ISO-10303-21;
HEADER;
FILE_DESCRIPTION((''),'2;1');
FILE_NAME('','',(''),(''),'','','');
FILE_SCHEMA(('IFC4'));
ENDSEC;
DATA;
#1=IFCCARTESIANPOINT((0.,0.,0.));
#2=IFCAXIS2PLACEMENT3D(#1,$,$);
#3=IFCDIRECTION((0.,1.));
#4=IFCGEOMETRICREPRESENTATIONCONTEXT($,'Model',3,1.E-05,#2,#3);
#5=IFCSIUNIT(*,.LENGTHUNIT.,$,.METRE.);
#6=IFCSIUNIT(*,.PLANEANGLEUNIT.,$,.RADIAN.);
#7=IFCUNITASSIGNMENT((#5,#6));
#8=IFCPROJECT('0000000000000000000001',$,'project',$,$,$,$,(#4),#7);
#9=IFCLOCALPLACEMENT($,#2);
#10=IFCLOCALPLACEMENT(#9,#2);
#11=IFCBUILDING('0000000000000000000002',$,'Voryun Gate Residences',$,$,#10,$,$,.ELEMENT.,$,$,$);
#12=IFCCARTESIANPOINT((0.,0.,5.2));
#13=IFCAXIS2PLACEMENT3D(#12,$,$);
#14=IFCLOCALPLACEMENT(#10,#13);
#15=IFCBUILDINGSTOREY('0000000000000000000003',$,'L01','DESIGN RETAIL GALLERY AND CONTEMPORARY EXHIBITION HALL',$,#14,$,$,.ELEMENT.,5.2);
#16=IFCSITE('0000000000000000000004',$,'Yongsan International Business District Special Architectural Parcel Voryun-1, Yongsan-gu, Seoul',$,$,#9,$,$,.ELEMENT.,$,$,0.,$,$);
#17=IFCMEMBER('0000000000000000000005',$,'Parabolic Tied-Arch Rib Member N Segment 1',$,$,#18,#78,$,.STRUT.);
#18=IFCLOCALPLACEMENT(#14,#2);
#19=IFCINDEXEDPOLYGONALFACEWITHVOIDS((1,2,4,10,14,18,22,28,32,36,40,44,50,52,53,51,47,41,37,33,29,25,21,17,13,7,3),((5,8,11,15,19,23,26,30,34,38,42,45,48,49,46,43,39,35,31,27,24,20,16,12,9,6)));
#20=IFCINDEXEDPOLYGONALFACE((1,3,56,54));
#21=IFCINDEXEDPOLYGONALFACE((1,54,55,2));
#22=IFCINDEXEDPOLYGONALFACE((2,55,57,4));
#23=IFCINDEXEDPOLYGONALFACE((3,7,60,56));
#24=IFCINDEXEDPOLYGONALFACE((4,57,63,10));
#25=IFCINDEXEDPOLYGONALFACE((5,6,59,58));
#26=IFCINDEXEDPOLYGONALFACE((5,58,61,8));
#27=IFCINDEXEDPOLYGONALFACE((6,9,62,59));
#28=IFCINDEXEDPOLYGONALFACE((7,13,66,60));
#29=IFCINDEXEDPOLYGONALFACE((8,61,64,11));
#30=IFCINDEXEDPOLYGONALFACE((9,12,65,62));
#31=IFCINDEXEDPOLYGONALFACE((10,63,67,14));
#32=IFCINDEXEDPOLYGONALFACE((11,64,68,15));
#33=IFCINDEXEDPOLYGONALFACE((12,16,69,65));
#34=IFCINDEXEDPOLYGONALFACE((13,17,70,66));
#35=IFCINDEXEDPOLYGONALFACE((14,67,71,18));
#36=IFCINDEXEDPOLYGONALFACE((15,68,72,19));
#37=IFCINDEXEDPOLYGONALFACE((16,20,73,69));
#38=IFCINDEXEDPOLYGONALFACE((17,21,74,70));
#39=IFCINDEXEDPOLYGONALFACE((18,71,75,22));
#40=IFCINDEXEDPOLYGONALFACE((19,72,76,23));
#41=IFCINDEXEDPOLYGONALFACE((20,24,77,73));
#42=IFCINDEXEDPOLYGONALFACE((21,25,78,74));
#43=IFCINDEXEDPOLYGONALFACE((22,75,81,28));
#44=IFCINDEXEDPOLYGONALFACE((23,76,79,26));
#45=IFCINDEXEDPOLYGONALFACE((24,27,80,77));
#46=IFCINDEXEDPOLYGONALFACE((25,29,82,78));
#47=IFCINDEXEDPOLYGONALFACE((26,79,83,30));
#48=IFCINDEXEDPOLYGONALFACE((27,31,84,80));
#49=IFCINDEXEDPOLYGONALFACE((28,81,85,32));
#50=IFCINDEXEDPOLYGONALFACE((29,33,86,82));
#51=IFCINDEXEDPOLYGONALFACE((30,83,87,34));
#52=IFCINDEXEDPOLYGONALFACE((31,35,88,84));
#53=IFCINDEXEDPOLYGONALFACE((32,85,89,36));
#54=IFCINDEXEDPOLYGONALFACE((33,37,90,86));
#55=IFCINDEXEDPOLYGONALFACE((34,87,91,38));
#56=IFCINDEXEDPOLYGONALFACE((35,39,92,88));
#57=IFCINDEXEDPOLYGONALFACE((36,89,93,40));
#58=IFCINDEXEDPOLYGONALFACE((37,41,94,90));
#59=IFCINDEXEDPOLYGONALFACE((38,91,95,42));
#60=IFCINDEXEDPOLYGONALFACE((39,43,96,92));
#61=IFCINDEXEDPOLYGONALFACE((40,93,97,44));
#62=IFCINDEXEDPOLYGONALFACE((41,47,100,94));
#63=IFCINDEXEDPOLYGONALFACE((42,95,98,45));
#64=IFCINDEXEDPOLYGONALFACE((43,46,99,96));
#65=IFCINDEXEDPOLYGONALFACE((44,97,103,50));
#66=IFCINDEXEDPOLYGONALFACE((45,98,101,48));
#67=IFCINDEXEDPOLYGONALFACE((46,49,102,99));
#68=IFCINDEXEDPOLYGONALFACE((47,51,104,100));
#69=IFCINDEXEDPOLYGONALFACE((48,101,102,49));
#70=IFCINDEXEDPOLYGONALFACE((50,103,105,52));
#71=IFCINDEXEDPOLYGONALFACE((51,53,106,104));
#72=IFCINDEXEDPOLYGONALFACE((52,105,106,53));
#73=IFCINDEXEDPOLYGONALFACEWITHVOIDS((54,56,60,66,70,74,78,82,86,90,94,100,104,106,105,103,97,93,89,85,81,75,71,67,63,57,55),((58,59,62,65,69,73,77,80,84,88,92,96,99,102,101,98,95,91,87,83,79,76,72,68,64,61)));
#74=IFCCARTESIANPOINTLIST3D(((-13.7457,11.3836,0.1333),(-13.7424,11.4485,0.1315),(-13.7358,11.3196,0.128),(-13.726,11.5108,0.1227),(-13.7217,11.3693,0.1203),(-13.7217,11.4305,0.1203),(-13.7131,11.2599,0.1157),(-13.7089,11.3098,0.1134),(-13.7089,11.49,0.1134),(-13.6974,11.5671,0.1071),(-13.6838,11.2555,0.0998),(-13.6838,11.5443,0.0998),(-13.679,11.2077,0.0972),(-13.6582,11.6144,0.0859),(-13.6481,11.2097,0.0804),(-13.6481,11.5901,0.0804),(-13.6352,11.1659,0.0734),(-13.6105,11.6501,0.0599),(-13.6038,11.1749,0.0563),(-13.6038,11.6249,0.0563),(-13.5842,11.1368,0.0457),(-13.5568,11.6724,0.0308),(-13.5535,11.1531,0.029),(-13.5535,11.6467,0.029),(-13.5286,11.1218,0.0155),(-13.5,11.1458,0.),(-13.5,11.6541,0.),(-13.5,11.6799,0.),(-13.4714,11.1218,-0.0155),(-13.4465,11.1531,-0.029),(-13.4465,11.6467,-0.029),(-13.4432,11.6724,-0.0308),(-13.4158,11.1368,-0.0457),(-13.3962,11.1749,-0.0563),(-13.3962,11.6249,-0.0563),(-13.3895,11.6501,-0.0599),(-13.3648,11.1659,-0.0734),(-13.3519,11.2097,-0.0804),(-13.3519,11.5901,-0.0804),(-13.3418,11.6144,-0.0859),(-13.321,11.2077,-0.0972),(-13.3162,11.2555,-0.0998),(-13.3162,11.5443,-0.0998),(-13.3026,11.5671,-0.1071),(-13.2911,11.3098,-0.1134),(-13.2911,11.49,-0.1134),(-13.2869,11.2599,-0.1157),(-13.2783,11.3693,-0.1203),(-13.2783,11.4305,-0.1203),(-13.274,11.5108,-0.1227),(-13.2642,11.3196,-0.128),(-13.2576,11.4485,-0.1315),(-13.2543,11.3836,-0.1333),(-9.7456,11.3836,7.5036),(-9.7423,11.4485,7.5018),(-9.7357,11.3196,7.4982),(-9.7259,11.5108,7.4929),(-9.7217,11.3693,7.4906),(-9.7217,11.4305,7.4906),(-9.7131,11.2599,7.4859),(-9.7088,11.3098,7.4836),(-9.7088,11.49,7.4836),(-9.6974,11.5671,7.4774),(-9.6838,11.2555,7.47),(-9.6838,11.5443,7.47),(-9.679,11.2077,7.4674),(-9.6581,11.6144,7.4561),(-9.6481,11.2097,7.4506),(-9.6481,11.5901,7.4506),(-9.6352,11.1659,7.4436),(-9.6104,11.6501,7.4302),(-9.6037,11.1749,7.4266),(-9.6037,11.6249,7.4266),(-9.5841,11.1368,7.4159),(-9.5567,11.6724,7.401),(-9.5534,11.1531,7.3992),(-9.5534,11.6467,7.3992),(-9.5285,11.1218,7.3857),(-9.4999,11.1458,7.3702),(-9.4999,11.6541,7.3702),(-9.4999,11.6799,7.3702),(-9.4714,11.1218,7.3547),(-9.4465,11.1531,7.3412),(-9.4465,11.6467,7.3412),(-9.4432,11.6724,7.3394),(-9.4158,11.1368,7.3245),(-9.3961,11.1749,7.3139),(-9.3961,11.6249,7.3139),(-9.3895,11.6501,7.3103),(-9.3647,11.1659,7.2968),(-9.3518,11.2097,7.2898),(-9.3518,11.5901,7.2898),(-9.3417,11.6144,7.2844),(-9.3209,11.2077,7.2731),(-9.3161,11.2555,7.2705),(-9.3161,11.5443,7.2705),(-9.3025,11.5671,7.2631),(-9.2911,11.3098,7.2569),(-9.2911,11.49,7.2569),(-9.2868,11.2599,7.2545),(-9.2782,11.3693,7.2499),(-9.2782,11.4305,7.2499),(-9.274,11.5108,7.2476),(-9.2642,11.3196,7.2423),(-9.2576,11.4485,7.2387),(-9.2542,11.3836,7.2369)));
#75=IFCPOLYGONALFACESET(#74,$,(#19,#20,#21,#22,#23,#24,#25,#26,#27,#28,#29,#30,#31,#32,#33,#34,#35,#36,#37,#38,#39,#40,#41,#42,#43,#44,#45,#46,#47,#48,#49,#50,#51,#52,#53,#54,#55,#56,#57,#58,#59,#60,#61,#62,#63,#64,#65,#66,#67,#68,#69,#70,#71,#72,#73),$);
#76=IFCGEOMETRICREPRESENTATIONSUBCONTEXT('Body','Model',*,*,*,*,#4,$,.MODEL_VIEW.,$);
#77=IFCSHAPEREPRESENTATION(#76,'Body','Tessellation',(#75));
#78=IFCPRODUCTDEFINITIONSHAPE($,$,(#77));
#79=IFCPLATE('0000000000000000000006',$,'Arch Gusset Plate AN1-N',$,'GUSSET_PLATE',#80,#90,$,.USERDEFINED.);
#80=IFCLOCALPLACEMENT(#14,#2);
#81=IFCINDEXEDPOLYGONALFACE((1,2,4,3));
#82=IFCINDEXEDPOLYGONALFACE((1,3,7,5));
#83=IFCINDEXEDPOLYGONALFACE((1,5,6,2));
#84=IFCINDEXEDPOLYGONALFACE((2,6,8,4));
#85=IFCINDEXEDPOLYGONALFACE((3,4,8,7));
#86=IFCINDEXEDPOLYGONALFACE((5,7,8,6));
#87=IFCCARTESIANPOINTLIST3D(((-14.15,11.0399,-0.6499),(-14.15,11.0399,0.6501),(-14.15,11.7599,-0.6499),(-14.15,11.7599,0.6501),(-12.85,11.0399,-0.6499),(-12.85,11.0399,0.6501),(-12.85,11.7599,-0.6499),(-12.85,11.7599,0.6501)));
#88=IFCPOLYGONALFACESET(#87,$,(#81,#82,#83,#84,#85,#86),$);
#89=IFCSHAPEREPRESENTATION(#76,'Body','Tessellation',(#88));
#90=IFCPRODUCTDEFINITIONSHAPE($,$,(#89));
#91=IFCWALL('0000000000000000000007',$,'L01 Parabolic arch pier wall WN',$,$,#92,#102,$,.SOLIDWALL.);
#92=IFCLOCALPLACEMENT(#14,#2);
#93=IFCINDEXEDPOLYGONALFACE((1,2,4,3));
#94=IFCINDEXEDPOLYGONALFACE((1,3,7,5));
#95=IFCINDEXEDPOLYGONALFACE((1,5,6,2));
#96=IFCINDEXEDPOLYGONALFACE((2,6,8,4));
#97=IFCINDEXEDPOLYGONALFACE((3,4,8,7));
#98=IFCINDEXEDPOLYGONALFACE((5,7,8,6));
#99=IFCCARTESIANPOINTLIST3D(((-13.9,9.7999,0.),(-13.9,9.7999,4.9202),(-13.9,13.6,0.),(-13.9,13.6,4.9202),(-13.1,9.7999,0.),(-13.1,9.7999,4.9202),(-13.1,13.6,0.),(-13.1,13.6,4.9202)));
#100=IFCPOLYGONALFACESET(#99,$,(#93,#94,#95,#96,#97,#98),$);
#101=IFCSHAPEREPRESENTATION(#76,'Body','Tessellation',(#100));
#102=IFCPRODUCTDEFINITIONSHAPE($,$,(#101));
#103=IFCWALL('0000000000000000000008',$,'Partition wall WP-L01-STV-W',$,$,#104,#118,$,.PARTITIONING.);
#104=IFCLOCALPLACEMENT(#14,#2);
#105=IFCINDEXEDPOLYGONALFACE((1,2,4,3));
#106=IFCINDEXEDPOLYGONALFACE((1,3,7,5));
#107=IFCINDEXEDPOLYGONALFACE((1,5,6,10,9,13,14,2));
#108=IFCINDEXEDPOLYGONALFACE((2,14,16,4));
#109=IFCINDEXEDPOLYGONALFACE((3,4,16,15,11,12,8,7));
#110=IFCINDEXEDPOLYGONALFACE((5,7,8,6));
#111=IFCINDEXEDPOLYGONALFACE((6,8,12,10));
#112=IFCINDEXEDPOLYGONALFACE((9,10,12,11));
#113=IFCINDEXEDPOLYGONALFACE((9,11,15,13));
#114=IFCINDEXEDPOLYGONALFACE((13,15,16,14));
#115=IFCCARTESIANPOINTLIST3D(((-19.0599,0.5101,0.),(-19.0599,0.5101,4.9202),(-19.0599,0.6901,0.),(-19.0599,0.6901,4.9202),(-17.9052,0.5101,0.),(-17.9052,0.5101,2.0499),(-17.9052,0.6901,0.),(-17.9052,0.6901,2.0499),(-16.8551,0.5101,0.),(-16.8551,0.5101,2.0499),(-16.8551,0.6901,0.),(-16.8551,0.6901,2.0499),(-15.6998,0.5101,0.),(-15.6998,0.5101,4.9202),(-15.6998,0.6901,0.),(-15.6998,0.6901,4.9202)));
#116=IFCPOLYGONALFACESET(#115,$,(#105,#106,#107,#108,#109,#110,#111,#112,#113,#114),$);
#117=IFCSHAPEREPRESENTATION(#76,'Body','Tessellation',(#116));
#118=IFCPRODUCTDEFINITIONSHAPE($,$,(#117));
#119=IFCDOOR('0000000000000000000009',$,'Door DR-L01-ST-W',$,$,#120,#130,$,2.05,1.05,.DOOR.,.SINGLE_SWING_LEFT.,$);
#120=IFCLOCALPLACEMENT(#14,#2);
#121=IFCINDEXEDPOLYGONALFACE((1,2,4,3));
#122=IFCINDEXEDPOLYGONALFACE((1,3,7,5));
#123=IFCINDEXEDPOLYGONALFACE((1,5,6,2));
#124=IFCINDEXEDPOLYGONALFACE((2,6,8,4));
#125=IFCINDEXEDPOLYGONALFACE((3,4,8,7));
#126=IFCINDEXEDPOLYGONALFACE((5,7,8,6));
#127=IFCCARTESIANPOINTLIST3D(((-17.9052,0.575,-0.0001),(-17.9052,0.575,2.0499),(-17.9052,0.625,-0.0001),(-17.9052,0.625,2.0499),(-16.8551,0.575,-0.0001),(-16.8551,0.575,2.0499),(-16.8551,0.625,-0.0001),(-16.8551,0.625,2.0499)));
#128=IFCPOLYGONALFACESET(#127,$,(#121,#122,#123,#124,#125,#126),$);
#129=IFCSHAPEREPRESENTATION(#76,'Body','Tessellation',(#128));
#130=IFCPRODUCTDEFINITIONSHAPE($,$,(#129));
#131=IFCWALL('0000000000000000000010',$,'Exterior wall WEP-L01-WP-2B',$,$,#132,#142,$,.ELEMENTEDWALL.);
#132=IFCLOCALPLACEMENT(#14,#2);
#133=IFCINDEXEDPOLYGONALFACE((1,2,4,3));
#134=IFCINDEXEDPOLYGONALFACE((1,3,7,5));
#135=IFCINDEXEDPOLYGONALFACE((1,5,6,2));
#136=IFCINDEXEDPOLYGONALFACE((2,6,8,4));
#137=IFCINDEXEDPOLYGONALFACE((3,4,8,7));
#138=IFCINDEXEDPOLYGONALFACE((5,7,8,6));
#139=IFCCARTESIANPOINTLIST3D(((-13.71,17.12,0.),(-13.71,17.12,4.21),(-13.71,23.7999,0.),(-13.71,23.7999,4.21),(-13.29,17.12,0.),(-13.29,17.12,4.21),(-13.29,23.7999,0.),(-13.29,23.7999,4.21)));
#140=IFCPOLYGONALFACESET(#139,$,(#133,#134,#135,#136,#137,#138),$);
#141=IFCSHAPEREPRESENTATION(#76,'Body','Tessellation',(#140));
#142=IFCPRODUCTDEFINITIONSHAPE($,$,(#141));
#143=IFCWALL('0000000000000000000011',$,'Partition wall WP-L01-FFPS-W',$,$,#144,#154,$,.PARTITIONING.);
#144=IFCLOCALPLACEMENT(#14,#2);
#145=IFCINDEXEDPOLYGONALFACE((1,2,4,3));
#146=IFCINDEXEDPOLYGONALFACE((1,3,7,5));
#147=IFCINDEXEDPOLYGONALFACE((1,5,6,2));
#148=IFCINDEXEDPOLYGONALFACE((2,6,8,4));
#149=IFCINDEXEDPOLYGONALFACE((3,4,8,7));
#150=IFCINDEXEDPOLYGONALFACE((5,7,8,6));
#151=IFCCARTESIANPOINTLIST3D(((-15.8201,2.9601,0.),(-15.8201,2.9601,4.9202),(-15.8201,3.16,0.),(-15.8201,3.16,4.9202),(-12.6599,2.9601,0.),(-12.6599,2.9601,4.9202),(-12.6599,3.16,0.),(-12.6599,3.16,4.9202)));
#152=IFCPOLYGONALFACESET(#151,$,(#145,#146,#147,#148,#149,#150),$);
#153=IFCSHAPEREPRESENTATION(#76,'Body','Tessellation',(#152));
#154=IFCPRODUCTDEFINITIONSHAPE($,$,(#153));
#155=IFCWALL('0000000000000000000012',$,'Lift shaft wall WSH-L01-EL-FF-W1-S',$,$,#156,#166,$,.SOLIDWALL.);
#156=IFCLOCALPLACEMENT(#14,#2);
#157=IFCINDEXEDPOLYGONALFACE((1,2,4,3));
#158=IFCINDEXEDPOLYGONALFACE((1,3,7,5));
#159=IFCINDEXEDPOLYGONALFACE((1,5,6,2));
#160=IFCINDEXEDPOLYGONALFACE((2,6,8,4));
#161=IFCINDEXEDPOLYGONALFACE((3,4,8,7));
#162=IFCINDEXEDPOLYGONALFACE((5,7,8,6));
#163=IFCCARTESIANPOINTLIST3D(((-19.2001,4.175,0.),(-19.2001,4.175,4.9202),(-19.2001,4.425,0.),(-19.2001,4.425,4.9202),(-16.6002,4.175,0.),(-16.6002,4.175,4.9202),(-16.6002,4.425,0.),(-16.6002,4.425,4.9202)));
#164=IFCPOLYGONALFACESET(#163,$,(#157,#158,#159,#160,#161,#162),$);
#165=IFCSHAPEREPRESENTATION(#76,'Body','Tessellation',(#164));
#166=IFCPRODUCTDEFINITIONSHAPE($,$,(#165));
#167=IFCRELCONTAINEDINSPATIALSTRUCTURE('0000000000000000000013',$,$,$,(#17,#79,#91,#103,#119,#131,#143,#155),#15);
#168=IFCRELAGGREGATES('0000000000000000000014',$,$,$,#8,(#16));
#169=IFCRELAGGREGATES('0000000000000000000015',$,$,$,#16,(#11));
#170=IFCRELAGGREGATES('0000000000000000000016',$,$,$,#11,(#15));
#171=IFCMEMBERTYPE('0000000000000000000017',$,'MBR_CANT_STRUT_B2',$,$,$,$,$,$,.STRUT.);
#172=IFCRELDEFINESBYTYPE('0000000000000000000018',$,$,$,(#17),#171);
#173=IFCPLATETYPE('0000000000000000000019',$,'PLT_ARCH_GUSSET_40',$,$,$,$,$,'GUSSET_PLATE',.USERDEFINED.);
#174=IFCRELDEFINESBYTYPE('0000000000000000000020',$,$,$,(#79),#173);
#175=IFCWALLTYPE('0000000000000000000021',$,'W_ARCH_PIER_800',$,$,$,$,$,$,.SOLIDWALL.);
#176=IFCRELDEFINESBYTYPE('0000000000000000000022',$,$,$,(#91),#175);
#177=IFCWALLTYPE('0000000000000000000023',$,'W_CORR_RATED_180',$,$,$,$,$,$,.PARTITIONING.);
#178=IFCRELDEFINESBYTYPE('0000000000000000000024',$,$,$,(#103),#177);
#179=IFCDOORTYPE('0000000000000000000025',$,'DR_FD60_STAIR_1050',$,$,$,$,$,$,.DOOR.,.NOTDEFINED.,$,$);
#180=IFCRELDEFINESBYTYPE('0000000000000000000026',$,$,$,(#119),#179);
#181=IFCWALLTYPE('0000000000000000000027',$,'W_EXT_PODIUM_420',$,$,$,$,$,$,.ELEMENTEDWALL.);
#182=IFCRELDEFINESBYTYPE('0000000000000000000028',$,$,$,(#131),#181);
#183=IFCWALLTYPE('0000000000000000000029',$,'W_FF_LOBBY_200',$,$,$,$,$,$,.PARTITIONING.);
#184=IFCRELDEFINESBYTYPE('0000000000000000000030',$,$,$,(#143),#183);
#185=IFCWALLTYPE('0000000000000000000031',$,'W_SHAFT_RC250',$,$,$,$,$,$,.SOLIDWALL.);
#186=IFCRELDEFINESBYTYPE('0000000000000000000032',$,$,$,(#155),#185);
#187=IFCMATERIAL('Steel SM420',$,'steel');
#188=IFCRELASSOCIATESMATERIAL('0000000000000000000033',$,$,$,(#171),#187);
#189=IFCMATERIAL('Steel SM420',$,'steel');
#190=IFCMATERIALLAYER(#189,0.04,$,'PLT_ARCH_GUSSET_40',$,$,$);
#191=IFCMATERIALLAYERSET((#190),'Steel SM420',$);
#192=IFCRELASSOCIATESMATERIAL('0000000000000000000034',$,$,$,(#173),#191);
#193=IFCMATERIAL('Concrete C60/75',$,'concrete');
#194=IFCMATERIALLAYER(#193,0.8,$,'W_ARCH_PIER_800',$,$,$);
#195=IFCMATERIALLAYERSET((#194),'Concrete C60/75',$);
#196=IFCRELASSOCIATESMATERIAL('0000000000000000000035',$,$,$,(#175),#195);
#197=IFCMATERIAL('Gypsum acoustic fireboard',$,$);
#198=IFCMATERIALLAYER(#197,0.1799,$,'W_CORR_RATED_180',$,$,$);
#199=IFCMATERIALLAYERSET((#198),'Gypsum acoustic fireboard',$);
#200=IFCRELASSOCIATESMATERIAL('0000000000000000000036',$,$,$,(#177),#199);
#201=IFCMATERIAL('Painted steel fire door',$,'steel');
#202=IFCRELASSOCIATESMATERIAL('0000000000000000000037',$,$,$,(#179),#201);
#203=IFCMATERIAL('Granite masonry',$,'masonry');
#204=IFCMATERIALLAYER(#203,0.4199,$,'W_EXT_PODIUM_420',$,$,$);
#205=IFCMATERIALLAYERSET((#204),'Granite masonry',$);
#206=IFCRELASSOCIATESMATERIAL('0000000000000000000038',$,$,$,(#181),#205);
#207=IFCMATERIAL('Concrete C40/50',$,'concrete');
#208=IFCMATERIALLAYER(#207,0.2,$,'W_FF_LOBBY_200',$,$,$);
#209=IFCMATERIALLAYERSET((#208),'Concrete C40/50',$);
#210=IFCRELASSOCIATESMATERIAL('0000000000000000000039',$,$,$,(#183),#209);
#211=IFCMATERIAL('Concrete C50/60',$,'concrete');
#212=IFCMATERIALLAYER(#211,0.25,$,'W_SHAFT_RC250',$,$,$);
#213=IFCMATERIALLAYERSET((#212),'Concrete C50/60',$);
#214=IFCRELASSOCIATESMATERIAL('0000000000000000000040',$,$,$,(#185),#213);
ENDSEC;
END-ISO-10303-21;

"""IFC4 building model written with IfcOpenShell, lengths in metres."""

from ifc_helpers import new_model, si_unit, direction, frame, frame_2d, origin, origin_2d, place, context, subcontext, project, spatial, rectangle, hollow_circle, extrude, material, layer, layer_set, material_profile, profile_set, type_object, element, fill, save


model = new_model("IFC4")

# Units and contexts
model_context = context("Model", 3, precision=1e-05, world=origin(), true_north=direction((0.0, 1.0)))
body_context = subcontext(model_context, "Body", "Model", "MODEL_VIEW")
ifc_project = project(units=[si_unit("LENGTHUNIT", "METRE"), si_unit("PLANEANGLEUNIT", "RADIAN")], contexts=[model_context])

# Site, building, storey
site_placement = place(None, origin())
site = spatial("IfcSite", under=ifc_project, at=site_placement, Name="Yongsan International Business District Special Architectural Parcel Voryun-1, Yongsan-gu, Seoul", CompositionType="ELEMENT", RefElevation=0.0)
building_placement = place(site_placement, origin())
building = spatial("IfcBuilding", under=site, at=building_placement, Name="Voryun Gate Residences", CompositionType="ELEMENT")
storey_placement = place(building_placement, frame((0.0, 0.0, 5.2)))
storey = spatial("IfcBuildingStorey", under=building, at=storey_placement, Name="L01", Description="DESIGN RETAIL GALLERY AND CONTEMPORARY EXHIBITION HALL", CompositionType="ELEMENT", Elevation=5.2)

# Member
ifc_material_1 = material(Name="Steel SM420", Category="steel")
ifc_material_profile_1 = material_profile(ifc_material_1, hollow_circle(Radius=0.28, WallThickness=0.0259, at=origin_2d()), Name="CHS-560x26")
ifc_profile_set_1 = profile_set([ifc_material_profile_1], Name="Steel SM420")
member_type = type_object("IfcMemberType", Name="MBR_CANT_STRUT_B2", PredefinedType="STRUT", material=ifc_profile_set_1)
member_placement = place(storey_placement, frame((-13.5, 11.3999, 0.0), z_axis=(0.477007, 0.0, 0.878899), x_axis=(0.0, 1.0, 0.0)))
element("IfcMember", 1, at=member_placement, inside=storey, type_object=member_type, Name="Parabolic Tied-Arch Rib Member N Segment 1", PredefinedType="STRUT", context=body_context, shape_type="SweptSolid", body=[
    extrude(hollow_circle(Radius=0.28, WallThickness=0.0259, at=origin_2d()), origin(), (0.0, 0.0, 1.0), 8.3857),
])

# Plate
ifc_material_2 = material(Name="Steel SM420", Category="steel")
ifc_layer_1 = layer(ifc_material_2, 0.04, Name="PLT_ARCH_GUSSET_40")
ifc_layer_set_1 = layer_set([ifc_layer_1], Name="Steel SM420")
plate_type = type_object("IfcPlateType", Name="PLT_ARCH_GUSSET_40", ElementType="GUSSET_PLATE", PredefinedType="USERDEFINED", material=ifc_layer_set_1)
plate_placement = place(storey_placement, frame((-13.5, 11.3999, -0.6499), z_axis=(0.0, 0.0, 1.0), x_axis=(1.0, 0.0, 0.0)))
element("IfcPlate", 2, at=plate_placement, inside=storey, type_object=plate_type, Name="Arch Gusset Plate AN1-N", ObjectType="GUSSET_PLATE", PredefinedType="USERDEFINED", context=body_context, shape_type="SweptSolid", body=[
    extrude(rectangle(XDim=1.3, YDim=0.72, at=origin_2d()), origin(), (0.0, 0.0, 1.0), 1.3),
])

# Wall
ifc_material_3 = material(Name="Concrete C60/75", Category="concrete")
ifc_layer_2 = layer(ifc_material_3, 0.8, Name="W_ARCH_PIER_800")
ifc_layer_set_2 = layer_set([ifc_layer_2], Name="Concrete C60/75")
wall_type_1 = type_object("IfcWallType", Name="W_ARCH_PIER_800", PredefinedType="SOLIDWALL", material=ifc_layer_set_2)
wall_1_placement = place(storey_placement, frame((-13.5, 9.8, 0.0), z_axis=(0.0, 0.0, 1.0), x_axis=(0.0, 1.0, 0.0)))
element("IfcWall", 3, at=wall_1_placement, inside=storey, type_object=wall_type_1, Name="L01 Parabolic arch pier wall WN", PredefinedType="SOLIDWALL", context=body_context, shape_type="SweptSolid", body=[
    extrude(rectangle(XDim=3.8, YDim=0.8, at=frame_2d((1.8999, 0.0))), origin(), (0.0, 0.0, 1.0), 4.9202),
])

# Wall, opening, door
ifc_material_4 = material(Name="Gypsum acoustic fireboard")
ifc_layer_3 = layer(ifc_material_4, 0.1799, Name="W_CORR_RATED_180")
ifc_layer_set_3 = layer_set([ifc_layer_3], Name="Gypsum acoustic fireboard")
wall_type_2 = type_object("IfcWallType", Name="W_CORR_RATED_180", PredefinedType="PARTITIONING", material=ifc_layer_set_3)
wall_2_placement = place(storey_placement, frame((-19.0601, 0.6001, 0.0), z_axis=(0.0, 0.0, 1.0), x_axis=(1.0, 0.0, 0.0)))
wall_2 = element("IfcWall", 4, at=wall_2_placement, inside=storey, type_object=wall_type_2, Name="Partition wall WP-L01-STV-W", PredefinedType="PARTITIONING", context=body_context, shape_type="SweptSolid", body=[
    extrude(rectangle(XDim=3.3601, YDim=0.1799, at=frame_2d((1.6802, 0.0))), origin(), (0.0, 0.0, 1.0), 4.9202),
])
opening_1_placement = place(wall_2_placement, frame((1.155, 0.0, 0.0)))
opening_1 = element("IfcOpeningElement", 5, at=opening_1_placement, cuts=wall_2, PredefinedType="OPENING", context=body_context, shape_type="SweptSolid", body=[
    extrude(rectangle(XDim=1.05, YDim=2.05, at=frame_2d((0.5249, 1.0249))), frame((0.0, 0.0999, 0.0), z_axis=(0.0, -1.0, 0.0), x_axis=(1.0, 0.0, 0.0)), (0.0, 0.0, 1.0), 0.2),
])
ifc_material_5 = material(Name="Painted steel fire door", Category="steel")
door_type_1 = type_object("IfcDoorType", Name="DR_FD60_STAIR_1050", OperationType="NOTDEFINED", PredefinedType="DOOR", material=ifc_material_5)
door_1_placement = place(opening_1_placement, origin())
door_1 = element("IfcDoor", 6, at=door_1_placement, inside=storey, type_object=door_type_1, Name="Door DR-L01-ST-W", OperationType="SINGLE_SWING_LEFT", OverallHeight=2.05, OverallWidth=1.05, PredefinedType="DOOR", context=body_context, shape_type="SweptSolid", body=[
    extrude(rectangle(XDim=1.05, YDim=2.05, at=frame_2d((0.5249, 1.0249))), frame((0.0, 0.0249, 0.0), z_axis=(0.0, -1.0, 0.0), x_axis=(1.0, 0.0, 0.0)), (0.0, 0.0, 1.0), 0.05),
])
fill(opening_1, door_1)

# Walls
ifc_material_6 = material(Name="Granite masonry", Category="masonry")
ifc_layer_4 = layer(ifc_material_6, 0.4199, Name="W_EXT_PODIUM_420")
ifc_layer_set_4 = layer_set([ifc_layer_4], Name="Granite masonry")
wall_type_3 = type_object("IfcWallType", Name="W_EXT_PODIUM_420", PredefinedType="ELEMENTEDWALL", material=ifc_layer_set_4)
wall_3_placement = place(storey_placement, frame((-13.5, 17.1201, 0.0), z_axis=(0.0, 0.0, 1.0), x_axis=(0.0, 1.0, 0.0)))
element("IfcWall", 7, at=wall_3_placement, inside=storey, type_object=wall_type_3, Name="Exterior wall WEP-L01-WP-2B", PredefinedType="ELEMENTEDWALL", context=body_context, shape_type="SweptSolid", body=[
    extrude(rectangle(XDim=6.6799, YDim=0.4199, at=frame_2d((3.3398, 0.0))), origin(), (0.0, 0.0, 1.0), 4.21),
])
ifc_material_7 = material(Name="Concrete C40/50", Category="concrete")
ifc_layer_5 = layer(ifc_material_7, 0.2, Name="W_FF_LOBBY_200")
ifc_layer_set_5 = layer_set([ifc_layer_5], Name="Concrete C40/50")
wall_type_4 = type_object("IfcWallType", Name="W_FF_LOBBY_200", PredefinedType="PARTITIONING", material=ifc_layer_set_5)
wall_4_placement = place(storey_placement, frame((-15.8201, 3.0601, 0.0), z_axis=(0.0, 0.0, 1.0), x_axis=(1.0, 0.0, 0.0)))
element("IfcWall", 8, at=wall_4_placement, inside=storey, type_object=wall_type_4, Name="Partition wall WP-L01-FFPS-W", PredefinedType="PARTITIONING", context=body_context, shape_type="SweptSolid", body=[
    extrude(rectangle(XDim=3.1602, YDim=0.2, at=frame_2d((1.5801, 0.0))), origin(), (0.0, 0.0, 1.0), 4.9202),
])
ifc_material_8 = material(Name="Concrete C50/60", Category="concrete")
ifc_layer_6 = layer(ifc_material_8, 0.25, Name="W_SHAFT_RC250")
ifc_layer_set_6 = layer_set([ifc_layer_6], Name="Concrete C50/60")
wall_type_5 = type_object("IfcWallType", Name="W_SHAFT_RC250", PredefinedType="SOLIDWALL", material=ifc_layer_set_6)
wall_5_placement = place(storey_placement, frame((-19.2, 4.3, 0.0), z_axis=(0.0, 0.0, 1.0), x_axis=(1.0, 0.0, 0.0)))
element("IfcWall", 9, at=wall_5_placement, inside=storey, type_object=wall_type_5, Name="Lift shaft wall WSH-L01-EL-FF-W1-S", PredefinedType="SOLIDWALL", context=body_context, shape_type="SweptSolid", body=[
    extrude(rectangle(XDim=2.5999, YDim=0.25, at=frame_2d((1.2998, 0.0))), origin(), (0.0, 0.0, 1.0), 4.9202),
])

save(model, "model.ifc")
